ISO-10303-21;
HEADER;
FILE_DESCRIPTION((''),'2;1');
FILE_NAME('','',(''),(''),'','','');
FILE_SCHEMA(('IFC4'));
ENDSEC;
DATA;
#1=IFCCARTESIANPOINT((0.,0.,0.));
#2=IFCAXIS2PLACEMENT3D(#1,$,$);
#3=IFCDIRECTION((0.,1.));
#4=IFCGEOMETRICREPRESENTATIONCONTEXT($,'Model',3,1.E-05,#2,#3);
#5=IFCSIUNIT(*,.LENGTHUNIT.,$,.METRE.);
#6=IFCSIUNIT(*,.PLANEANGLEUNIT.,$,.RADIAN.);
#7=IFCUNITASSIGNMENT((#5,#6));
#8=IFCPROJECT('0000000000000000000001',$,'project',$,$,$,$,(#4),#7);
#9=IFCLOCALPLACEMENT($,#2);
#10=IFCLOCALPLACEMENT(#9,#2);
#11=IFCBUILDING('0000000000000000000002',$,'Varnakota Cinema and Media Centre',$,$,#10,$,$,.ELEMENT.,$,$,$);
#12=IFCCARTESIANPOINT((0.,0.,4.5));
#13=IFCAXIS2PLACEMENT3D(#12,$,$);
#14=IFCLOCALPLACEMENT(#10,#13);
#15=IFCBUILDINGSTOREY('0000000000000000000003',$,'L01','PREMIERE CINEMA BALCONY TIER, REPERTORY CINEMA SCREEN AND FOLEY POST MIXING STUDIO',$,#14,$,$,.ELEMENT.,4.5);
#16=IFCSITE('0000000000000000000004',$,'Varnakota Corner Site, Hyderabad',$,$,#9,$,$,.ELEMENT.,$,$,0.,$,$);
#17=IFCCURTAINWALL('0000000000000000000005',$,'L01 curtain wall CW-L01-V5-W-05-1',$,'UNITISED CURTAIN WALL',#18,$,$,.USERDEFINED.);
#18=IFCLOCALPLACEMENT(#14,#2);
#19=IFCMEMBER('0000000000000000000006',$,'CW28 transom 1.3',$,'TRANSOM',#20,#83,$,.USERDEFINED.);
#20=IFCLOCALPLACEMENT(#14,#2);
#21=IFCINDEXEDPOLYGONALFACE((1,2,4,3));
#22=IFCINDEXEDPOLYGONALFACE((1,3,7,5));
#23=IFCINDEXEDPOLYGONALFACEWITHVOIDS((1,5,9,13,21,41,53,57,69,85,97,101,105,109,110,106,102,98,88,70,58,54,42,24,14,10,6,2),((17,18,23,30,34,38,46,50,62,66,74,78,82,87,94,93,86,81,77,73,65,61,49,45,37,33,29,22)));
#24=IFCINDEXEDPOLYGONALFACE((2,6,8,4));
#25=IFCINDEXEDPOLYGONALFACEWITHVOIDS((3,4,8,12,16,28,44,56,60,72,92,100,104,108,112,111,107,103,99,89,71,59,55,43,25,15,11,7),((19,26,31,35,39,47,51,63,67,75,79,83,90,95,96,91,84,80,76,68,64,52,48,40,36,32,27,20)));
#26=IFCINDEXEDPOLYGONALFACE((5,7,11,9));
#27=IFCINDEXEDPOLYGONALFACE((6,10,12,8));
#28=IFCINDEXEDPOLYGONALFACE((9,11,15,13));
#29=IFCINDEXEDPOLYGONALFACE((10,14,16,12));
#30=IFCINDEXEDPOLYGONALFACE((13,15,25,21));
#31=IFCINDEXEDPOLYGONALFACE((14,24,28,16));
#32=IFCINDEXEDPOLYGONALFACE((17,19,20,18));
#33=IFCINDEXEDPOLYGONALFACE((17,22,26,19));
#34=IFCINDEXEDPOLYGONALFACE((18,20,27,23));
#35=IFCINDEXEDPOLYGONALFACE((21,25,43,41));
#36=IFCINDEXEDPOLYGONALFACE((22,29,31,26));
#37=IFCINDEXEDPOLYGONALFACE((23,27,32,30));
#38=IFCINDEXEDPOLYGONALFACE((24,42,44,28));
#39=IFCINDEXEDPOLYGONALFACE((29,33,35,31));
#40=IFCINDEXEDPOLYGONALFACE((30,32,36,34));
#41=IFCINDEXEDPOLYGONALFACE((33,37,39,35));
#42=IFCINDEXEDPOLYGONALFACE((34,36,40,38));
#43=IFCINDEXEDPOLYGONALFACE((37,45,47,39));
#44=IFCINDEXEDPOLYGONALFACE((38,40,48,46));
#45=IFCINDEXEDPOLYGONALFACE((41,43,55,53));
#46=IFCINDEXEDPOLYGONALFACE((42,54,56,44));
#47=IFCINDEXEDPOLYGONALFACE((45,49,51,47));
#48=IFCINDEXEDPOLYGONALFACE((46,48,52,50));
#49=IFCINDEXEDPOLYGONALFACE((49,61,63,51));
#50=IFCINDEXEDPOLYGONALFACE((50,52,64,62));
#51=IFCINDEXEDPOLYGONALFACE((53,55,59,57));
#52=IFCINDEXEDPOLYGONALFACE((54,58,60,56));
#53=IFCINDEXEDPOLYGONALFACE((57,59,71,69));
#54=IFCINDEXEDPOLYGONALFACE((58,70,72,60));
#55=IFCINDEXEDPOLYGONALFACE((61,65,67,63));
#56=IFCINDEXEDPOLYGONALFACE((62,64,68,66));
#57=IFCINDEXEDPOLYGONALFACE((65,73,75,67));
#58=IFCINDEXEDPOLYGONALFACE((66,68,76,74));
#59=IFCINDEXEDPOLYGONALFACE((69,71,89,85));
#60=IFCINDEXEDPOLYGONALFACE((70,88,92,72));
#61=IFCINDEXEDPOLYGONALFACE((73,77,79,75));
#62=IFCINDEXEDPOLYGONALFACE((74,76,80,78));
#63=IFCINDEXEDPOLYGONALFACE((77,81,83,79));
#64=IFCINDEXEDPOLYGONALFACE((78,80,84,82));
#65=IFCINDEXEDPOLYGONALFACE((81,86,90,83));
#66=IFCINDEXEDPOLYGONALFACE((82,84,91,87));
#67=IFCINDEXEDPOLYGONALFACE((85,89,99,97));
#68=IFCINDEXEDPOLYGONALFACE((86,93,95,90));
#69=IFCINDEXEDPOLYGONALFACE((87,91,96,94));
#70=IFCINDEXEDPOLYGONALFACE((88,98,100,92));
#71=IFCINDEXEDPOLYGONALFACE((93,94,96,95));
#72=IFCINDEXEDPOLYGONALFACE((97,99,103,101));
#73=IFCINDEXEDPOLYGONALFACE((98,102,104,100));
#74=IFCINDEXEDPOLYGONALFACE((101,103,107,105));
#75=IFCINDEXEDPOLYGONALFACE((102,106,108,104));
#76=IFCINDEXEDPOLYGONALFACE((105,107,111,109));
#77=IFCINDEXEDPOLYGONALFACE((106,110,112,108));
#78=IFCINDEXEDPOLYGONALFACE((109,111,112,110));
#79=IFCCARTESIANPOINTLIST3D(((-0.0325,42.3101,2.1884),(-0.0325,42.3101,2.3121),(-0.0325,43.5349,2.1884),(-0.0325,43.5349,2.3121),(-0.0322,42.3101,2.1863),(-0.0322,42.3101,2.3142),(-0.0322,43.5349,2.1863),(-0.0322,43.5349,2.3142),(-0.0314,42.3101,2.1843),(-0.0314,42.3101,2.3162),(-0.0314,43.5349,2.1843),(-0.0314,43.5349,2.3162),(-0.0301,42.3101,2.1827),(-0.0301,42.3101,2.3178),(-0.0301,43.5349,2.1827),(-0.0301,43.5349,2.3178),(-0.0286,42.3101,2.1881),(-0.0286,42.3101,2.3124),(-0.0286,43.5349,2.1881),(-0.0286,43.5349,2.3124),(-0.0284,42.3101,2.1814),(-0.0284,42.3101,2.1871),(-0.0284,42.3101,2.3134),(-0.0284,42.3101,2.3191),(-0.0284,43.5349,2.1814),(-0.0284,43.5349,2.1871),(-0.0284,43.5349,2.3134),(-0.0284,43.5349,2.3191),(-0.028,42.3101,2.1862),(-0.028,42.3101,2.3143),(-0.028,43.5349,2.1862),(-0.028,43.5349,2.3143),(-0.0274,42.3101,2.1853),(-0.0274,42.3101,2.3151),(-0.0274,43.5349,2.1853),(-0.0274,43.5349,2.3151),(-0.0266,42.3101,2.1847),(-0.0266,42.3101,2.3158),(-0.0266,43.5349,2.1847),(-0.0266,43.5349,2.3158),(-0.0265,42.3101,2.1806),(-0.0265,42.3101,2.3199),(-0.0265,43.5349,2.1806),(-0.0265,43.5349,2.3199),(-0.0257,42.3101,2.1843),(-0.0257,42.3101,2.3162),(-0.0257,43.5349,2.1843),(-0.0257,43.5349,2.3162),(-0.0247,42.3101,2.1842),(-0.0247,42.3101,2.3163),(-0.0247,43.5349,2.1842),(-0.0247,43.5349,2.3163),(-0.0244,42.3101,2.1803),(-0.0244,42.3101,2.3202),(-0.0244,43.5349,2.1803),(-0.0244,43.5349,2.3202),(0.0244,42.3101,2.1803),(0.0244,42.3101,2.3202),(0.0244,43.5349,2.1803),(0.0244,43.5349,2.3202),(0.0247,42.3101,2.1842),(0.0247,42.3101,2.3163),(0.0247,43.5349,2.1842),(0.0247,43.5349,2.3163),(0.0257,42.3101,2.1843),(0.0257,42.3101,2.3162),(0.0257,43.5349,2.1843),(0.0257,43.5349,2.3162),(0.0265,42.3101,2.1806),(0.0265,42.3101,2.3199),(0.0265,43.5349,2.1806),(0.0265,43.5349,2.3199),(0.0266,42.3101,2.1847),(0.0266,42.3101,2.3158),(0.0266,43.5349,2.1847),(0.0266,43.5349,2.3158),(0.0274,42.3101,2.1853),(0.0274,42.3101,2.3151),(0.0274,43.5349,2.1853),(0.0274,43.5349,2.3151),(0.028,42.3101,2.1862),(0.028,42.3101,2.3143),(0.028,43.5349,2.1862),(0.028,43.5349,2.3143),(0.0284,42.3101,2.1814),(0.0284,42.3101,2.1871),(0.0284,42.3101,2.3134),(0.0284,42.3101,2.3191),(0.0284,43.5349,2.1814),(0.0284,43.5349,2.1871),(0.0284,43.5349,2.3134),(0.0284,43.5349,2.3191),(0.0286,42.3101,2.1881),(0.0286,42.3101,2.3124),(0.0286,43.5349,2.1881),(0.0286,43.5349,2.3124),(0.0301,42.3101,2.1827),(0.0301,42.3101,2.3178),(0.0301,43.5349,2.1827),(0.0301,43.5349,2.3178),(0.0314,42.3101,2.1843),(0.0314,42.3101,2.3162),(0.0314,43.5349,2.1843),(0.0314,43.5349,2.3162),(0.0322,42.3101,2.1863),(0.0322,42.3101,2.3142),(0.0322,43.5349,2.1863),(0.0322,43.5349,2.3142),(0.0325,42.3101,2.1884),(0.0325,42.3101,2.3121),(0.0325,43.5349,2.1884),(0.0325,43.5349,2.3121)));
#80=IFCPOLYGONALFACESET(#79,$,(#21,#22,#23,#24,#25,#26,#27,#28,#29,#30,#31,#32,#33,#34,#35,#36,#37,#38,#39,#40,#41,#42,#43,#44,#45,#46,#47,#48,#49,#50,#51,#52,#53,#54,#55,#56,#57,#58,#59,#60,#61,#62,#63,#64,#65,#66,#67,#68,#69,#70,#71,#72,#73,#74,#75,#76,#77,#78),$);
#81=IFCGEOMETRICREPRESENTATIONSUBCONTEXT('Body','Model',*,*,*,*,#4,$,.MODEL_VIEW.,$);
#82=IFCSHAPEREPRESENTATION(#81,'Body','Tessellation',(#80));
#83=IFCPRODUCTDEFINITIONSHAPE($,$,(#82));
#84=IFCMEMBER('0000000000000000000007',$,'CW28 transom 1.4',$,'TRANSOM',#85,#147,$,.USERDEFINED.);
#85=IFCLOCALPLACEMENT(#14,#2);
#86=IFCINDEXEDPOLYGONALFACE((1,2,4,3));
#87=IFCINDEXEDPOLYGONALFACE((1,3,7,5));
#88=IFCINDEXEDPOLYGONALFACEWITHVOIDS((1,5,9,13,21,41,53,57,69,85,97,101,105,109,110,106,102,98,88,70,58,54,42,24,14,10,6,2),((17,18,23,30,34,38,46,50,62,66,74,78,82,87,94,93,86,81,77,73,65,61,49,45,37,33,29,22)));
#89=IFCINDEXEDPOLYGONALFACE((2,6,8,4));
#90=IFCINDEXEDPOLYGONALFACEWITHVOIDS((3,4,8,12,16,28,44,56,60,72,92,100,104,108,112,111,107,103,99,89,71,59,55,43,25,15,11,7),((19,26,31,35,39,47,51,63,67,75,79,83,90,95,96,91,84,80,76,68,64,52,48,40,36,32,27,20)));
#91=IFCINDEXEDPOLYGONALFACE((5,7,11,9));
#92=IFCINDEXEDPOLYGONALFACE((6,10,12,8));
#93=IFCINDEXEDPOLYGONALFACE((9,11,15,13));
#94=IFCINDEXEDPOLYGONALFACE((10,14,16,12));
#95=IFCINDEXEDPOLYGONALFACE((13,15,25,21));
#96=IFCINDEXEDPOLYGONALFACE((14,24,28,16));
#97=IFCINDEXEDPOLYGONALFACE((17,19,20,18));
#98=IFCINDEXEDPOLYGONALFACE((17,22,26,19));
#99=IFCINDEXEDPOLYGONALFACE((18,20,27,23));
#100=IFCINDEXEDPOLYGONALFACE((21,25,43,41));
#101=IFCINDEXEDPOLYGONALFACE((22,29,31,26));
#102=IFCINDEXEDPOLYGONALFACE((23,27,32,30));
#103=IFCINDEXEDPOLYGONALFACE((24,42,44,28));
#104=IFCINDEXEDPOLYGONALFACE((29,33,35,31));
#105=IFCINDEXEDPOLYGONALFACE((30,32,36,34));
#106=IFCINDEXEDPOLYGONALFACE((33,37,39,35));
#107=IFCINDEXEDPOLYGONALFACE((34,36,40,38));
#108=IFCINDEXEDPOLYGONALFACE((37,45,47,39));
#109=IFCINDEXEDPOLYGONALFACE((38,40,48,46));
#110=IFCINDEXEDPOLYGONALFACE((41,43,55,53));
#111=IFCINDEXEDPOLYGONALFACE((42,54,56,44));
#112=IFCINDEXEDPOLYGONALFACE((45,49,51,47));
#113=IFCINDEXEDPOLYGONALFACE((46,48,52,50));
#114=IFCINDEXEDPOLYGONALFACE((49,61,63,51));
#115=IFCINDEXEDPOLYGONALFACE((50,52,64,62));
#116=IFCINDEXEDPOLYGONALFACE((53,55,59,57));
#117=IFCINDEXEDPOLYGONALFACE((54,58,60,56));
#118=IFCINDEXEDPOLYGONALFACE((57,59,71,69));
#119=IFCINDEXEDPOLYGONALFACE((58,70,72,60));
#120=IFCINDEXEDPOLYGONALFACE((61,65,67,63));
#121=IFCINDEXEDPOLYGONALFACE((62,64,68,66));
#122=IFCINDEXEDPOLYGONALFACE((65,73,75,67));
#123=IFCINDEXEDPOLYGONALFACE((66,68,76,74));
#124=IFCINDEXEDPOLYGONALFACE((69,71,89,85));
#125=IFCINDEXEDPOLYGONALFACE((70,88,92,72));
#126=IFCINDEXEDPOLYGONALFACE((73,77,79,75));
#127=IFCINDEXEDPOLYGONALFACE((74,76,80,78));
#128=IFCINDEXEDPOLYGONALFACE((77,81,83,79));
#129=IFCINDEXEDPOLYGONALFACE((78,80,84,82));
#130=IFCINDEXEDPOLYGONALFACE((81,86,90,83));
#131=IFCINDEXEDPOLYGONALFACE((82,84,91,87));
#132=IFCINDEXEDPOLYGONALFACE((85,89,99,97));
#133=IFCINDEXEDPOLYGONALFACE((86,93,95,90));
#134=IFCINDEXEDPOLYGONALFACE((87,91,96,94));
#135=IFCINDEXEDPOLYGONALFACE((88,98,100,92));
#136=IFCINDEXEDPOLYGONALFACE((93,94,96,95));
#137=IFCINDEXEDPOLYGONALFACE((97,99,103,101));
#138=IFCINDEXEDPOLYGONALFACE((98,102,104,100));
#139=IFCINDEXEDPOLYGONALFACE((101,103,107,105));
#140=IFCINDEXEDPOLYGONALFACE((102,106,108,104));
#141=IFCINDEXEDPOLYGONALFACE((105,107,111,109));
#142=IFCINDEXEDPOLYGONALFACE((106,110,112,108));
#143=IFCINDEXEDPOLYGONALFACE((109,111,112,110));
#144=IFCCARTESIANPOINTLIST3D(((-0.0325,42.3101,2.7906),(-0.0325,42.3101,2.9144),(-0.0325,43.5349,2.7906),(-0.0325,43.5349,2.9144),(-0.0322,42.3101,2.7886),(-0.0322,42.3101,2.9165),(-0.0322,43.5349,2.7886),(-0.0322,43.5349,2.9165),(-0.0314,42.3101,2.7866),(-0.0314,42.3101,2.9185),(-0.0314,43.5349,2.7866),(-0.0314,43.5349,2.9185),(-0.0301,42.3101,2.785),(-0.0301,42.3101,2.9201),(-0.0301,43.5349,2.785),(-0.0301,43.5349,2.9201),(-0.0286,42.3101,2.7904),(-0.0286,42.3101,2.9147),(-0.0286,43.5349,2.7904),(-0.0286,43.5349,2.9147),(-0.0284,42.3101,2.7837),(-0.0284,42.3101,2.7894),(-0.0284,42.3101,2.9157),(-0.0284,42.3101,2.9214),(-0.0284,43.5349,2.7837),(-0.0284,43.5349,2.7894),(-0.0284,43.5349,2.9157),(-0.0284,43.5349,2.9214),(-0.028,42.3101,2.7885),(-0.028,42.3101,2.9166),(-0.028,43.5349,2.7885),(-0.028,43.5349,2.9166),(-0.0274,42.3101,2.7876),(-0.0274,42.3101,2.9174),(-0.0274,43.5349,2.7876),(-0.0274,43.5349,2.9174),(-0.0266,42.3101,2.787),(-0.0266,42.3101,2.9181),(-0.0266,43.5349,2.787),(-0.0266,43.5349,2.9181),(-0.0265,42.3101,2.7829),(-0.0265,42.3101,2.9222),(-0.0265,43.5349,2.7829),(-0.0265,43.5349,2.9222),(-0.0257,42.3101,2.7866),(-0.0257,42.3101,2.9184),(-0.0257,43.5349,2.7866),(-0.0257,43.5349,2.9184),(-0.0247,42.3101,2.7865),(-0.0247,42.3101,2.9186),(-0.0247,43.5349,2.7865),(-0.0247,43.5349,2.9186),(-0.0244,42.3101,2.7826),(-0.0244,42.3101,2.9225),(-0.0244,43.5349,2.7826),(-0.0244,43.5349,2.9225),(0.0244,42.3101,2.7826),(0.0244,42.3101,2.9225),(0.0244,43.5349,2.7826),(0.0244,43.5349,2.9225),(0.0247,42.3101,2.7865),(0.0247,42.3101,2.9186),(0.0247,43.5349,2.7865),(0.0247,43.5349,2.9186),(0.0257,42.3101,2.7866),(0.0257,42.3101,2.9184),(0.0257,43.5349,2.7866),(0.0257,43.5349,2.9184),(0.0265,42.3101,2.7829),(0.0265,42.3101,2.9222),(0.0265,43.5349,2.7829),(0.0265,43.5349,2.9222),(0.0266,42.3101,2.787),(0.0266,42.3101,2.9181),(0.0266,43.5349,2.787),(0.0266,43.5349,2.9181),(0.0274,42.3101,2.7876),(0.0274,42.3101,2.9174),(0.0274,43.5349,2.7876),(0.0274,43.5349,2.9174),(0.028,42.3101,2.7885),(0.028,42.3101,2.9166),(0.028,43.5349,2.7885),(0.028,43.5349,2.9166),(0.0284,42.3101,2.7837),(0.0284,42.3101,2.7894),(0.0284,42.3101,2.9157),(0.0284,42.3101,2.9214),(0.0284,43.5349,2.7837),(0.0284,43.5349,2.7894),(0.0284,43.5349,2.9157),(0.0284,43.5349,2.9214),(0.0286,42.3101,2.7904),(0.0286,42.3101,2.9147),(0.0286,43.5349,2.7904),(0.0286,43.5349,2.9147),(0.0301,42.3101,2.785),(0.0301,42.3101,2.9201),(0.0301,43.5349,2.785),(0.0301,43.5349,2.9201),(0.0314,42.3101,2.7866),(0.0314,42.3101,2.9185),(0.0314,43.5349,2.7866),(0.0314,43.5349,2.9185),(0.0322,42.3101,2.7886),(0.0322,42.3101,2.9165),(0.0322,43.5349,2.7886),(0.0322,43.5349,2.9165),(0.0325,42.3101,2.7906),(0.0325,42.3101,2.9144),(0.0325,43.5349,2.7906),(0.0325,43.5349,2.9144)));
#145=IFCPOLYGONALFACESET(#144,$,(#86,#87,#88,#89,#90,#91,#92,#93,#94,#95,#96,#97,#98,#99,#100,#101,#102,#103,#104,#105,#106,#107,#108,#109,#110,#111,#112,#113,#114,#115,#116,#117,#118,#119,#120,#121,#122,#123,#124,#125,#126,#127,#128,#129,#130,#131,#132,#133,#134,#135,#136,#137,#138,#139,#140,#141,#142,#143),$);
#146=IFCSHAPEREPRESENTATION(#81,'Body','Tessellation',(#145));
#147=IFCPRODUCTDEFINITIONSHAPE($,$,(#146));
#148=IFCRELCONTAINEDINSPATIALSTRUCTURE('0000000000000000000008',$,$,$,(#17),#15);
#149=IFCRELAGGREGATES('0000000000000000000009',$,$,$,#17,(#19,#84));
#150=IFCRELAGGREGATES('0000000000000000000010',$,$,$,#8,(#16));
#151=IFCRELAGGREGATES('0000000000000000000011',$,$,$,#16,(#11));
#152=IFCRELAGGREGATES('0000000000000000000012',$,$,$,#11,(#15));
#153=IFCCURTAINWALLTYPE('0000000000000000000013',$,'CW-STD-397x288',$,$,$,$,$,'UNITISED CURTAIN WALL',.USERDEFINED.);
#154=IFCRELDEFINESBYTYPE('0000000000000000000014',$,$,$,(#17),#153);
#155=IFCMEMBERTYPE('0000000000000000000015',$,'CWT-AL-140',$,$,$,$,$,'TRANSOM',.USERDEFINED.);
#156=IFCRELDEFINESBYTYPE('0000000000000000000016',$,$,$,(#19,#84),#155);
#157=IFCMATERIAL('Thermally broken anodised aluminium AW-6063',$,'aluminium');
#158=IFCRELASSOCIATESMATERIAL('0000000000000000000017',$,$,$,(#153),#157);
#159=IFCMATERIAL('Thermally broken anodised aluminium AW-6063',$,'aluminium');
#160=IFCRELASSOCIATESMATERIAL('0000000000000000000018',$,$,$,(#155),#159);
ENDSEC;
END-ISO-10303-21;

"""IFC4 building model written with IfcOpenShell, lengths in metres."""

from ifc_helpers import new_model, si_unit, direction, frame, origin, origin_2d, place, context, subcontext, project, spatial, hollow_rectangle, extrude, material, material_profile, profile_set, type_object, element, aggregate, save


model = new_model("IFC4")

# Units and contexts
model_context = context("Model", 3, precision=1e-05, world=origin(), true_north=direction((0.0, 1.0)))
body_context = subcontext(model_context, "Body", "Model", "MODEL_VIEW")
ifc_project = project(units=[si_unit("LENGTHUNIT", "METRE"), si_unit("PLANEANGLEUNIT", "RADIAN")], contexts=[model_context])

# Site, building, storey
site_placement = place(None, origin())
site = spatial("IfcSite", under=ifc_project, at=site_placement, Name="Varnakota Corner Site, Hyderabad", CompositionType="ELEMENT", RefElevation=0.0)
building_placement = place(site_placement, origin())
building = spatial("IfcBuilding", under=site, at=building_placement, Name="Varnakota Cinema and Media Centre", CompositionType="ELEMENT")
storey_placement = place(building_placement, frame((0.0, 0.0, 4.5)))
storey = spatial("IfcBuildingStorey", under=building, at=storey_placement, Name="L01", Description="PREMIERE CINEMA BALCONY TIER, REPERTORY CINEMA SCREEN AND FOLEY POST MIXING STUDIO", CompositionType="ELEMENT", Elevation=4.5)

# Curtain wall, members
ifc_material_1 = material(Name="Thermally broken anodised aluminium AW-6063", Category="aluminium")
curtain_wall_type = type_object("IfcCurtainWallType", Name="CW-STD-397x288", ElementType="UNITISED CURTAIN WALL", PredefinedType="USERDEFINED", material=ifc_material_1)
curtain_wall_placement = place(storey_placement, origin())
curtain_wall = element("IfcCurtainWall", 1, at=curtain_wall_placement, inside=storey, type_object=curtain_wall_type, Name="L01 curtain wall CW-L01-V5-W-05-1", ObjectType="UNITISED CURTAIN WALL", PredefinedType="USERDEFINED")
ifc_material_2 = material(Name="Thermally broken anodised aluminium AW-6063", Category="aluminium")
ifc_material_profile_1 = material_profile(ifc_material_2, hollow_rectangle(XDim=0.0649, YDim=0.1399, WallThickness=0.0039, InnerFilletRadius=0.0039, OuterFilletRadius=0.0081, at=origin_2d()), Name="AL-TRANSOM 140x65x4")
ifc_profile_set_1 = profile_set([ifc_material_profile_1], Name="Thermally broken anodised aluminium AW-6063")
member_type_1 = type_object("IfcMemberType", Name="CWT-AL-140", ElementType="TRANSOM", PredefinedType="USERDEFINED", material=ifc_profile_set_1)
member_1_placement = place(storey_placement, frame((0.0, 43.5349, 2.2502), z_axis=(0.0, -1.0, 0.0), x_axis=(1.0, 0.0, 0.0)))
member_1 = element("IfcMember", 2, at=member_1_placement, type_object=member_type_1, Name="CW28 transom 1.3", ObjectType="TRANSOM", PredefinedType="USERDEFINED", context=body_context, shape_type="SweptSolid", body=[
    extrude(hollow_rectangle(XDim=0.0649, YDim=0.1399, WallThickness=0.0039, InnerFilletRadius=0.0039, OuterFilletRadius=0.0081, at=origin_2d()), origin(), (0.0, 0.0, 1.0), 1.2249),
])
member_2_placement = place(storey_placement, frame((0.0, 43.5349, 2.8525), z_axis=(0.0, -1.0, 0.0), x_axis=(1.0, 0.0, 0.0)))
member_2 = element("IfcMember", 3, at=member_2_placement, type_object=member_type_1, Name="CW28 transom 1.4", ObjectType="TRANSOM", PredefinedType="USERDEFINED", context=body_context, shape_type="SweptSolid", body=[
    extrude(hollow_rectangle(XDim=0.0649, YDim=0.1399, WallThickness=0.0039, InnerFilletRadius=0.0039, OuterFilletRadius=0.0081, at=origin_2d()), origin(), (0.0, 0.0, 1.0), 1.2249),
])
aggregate(curtain_wall, [member_1, member_2])

save(model, "model.ifc")
